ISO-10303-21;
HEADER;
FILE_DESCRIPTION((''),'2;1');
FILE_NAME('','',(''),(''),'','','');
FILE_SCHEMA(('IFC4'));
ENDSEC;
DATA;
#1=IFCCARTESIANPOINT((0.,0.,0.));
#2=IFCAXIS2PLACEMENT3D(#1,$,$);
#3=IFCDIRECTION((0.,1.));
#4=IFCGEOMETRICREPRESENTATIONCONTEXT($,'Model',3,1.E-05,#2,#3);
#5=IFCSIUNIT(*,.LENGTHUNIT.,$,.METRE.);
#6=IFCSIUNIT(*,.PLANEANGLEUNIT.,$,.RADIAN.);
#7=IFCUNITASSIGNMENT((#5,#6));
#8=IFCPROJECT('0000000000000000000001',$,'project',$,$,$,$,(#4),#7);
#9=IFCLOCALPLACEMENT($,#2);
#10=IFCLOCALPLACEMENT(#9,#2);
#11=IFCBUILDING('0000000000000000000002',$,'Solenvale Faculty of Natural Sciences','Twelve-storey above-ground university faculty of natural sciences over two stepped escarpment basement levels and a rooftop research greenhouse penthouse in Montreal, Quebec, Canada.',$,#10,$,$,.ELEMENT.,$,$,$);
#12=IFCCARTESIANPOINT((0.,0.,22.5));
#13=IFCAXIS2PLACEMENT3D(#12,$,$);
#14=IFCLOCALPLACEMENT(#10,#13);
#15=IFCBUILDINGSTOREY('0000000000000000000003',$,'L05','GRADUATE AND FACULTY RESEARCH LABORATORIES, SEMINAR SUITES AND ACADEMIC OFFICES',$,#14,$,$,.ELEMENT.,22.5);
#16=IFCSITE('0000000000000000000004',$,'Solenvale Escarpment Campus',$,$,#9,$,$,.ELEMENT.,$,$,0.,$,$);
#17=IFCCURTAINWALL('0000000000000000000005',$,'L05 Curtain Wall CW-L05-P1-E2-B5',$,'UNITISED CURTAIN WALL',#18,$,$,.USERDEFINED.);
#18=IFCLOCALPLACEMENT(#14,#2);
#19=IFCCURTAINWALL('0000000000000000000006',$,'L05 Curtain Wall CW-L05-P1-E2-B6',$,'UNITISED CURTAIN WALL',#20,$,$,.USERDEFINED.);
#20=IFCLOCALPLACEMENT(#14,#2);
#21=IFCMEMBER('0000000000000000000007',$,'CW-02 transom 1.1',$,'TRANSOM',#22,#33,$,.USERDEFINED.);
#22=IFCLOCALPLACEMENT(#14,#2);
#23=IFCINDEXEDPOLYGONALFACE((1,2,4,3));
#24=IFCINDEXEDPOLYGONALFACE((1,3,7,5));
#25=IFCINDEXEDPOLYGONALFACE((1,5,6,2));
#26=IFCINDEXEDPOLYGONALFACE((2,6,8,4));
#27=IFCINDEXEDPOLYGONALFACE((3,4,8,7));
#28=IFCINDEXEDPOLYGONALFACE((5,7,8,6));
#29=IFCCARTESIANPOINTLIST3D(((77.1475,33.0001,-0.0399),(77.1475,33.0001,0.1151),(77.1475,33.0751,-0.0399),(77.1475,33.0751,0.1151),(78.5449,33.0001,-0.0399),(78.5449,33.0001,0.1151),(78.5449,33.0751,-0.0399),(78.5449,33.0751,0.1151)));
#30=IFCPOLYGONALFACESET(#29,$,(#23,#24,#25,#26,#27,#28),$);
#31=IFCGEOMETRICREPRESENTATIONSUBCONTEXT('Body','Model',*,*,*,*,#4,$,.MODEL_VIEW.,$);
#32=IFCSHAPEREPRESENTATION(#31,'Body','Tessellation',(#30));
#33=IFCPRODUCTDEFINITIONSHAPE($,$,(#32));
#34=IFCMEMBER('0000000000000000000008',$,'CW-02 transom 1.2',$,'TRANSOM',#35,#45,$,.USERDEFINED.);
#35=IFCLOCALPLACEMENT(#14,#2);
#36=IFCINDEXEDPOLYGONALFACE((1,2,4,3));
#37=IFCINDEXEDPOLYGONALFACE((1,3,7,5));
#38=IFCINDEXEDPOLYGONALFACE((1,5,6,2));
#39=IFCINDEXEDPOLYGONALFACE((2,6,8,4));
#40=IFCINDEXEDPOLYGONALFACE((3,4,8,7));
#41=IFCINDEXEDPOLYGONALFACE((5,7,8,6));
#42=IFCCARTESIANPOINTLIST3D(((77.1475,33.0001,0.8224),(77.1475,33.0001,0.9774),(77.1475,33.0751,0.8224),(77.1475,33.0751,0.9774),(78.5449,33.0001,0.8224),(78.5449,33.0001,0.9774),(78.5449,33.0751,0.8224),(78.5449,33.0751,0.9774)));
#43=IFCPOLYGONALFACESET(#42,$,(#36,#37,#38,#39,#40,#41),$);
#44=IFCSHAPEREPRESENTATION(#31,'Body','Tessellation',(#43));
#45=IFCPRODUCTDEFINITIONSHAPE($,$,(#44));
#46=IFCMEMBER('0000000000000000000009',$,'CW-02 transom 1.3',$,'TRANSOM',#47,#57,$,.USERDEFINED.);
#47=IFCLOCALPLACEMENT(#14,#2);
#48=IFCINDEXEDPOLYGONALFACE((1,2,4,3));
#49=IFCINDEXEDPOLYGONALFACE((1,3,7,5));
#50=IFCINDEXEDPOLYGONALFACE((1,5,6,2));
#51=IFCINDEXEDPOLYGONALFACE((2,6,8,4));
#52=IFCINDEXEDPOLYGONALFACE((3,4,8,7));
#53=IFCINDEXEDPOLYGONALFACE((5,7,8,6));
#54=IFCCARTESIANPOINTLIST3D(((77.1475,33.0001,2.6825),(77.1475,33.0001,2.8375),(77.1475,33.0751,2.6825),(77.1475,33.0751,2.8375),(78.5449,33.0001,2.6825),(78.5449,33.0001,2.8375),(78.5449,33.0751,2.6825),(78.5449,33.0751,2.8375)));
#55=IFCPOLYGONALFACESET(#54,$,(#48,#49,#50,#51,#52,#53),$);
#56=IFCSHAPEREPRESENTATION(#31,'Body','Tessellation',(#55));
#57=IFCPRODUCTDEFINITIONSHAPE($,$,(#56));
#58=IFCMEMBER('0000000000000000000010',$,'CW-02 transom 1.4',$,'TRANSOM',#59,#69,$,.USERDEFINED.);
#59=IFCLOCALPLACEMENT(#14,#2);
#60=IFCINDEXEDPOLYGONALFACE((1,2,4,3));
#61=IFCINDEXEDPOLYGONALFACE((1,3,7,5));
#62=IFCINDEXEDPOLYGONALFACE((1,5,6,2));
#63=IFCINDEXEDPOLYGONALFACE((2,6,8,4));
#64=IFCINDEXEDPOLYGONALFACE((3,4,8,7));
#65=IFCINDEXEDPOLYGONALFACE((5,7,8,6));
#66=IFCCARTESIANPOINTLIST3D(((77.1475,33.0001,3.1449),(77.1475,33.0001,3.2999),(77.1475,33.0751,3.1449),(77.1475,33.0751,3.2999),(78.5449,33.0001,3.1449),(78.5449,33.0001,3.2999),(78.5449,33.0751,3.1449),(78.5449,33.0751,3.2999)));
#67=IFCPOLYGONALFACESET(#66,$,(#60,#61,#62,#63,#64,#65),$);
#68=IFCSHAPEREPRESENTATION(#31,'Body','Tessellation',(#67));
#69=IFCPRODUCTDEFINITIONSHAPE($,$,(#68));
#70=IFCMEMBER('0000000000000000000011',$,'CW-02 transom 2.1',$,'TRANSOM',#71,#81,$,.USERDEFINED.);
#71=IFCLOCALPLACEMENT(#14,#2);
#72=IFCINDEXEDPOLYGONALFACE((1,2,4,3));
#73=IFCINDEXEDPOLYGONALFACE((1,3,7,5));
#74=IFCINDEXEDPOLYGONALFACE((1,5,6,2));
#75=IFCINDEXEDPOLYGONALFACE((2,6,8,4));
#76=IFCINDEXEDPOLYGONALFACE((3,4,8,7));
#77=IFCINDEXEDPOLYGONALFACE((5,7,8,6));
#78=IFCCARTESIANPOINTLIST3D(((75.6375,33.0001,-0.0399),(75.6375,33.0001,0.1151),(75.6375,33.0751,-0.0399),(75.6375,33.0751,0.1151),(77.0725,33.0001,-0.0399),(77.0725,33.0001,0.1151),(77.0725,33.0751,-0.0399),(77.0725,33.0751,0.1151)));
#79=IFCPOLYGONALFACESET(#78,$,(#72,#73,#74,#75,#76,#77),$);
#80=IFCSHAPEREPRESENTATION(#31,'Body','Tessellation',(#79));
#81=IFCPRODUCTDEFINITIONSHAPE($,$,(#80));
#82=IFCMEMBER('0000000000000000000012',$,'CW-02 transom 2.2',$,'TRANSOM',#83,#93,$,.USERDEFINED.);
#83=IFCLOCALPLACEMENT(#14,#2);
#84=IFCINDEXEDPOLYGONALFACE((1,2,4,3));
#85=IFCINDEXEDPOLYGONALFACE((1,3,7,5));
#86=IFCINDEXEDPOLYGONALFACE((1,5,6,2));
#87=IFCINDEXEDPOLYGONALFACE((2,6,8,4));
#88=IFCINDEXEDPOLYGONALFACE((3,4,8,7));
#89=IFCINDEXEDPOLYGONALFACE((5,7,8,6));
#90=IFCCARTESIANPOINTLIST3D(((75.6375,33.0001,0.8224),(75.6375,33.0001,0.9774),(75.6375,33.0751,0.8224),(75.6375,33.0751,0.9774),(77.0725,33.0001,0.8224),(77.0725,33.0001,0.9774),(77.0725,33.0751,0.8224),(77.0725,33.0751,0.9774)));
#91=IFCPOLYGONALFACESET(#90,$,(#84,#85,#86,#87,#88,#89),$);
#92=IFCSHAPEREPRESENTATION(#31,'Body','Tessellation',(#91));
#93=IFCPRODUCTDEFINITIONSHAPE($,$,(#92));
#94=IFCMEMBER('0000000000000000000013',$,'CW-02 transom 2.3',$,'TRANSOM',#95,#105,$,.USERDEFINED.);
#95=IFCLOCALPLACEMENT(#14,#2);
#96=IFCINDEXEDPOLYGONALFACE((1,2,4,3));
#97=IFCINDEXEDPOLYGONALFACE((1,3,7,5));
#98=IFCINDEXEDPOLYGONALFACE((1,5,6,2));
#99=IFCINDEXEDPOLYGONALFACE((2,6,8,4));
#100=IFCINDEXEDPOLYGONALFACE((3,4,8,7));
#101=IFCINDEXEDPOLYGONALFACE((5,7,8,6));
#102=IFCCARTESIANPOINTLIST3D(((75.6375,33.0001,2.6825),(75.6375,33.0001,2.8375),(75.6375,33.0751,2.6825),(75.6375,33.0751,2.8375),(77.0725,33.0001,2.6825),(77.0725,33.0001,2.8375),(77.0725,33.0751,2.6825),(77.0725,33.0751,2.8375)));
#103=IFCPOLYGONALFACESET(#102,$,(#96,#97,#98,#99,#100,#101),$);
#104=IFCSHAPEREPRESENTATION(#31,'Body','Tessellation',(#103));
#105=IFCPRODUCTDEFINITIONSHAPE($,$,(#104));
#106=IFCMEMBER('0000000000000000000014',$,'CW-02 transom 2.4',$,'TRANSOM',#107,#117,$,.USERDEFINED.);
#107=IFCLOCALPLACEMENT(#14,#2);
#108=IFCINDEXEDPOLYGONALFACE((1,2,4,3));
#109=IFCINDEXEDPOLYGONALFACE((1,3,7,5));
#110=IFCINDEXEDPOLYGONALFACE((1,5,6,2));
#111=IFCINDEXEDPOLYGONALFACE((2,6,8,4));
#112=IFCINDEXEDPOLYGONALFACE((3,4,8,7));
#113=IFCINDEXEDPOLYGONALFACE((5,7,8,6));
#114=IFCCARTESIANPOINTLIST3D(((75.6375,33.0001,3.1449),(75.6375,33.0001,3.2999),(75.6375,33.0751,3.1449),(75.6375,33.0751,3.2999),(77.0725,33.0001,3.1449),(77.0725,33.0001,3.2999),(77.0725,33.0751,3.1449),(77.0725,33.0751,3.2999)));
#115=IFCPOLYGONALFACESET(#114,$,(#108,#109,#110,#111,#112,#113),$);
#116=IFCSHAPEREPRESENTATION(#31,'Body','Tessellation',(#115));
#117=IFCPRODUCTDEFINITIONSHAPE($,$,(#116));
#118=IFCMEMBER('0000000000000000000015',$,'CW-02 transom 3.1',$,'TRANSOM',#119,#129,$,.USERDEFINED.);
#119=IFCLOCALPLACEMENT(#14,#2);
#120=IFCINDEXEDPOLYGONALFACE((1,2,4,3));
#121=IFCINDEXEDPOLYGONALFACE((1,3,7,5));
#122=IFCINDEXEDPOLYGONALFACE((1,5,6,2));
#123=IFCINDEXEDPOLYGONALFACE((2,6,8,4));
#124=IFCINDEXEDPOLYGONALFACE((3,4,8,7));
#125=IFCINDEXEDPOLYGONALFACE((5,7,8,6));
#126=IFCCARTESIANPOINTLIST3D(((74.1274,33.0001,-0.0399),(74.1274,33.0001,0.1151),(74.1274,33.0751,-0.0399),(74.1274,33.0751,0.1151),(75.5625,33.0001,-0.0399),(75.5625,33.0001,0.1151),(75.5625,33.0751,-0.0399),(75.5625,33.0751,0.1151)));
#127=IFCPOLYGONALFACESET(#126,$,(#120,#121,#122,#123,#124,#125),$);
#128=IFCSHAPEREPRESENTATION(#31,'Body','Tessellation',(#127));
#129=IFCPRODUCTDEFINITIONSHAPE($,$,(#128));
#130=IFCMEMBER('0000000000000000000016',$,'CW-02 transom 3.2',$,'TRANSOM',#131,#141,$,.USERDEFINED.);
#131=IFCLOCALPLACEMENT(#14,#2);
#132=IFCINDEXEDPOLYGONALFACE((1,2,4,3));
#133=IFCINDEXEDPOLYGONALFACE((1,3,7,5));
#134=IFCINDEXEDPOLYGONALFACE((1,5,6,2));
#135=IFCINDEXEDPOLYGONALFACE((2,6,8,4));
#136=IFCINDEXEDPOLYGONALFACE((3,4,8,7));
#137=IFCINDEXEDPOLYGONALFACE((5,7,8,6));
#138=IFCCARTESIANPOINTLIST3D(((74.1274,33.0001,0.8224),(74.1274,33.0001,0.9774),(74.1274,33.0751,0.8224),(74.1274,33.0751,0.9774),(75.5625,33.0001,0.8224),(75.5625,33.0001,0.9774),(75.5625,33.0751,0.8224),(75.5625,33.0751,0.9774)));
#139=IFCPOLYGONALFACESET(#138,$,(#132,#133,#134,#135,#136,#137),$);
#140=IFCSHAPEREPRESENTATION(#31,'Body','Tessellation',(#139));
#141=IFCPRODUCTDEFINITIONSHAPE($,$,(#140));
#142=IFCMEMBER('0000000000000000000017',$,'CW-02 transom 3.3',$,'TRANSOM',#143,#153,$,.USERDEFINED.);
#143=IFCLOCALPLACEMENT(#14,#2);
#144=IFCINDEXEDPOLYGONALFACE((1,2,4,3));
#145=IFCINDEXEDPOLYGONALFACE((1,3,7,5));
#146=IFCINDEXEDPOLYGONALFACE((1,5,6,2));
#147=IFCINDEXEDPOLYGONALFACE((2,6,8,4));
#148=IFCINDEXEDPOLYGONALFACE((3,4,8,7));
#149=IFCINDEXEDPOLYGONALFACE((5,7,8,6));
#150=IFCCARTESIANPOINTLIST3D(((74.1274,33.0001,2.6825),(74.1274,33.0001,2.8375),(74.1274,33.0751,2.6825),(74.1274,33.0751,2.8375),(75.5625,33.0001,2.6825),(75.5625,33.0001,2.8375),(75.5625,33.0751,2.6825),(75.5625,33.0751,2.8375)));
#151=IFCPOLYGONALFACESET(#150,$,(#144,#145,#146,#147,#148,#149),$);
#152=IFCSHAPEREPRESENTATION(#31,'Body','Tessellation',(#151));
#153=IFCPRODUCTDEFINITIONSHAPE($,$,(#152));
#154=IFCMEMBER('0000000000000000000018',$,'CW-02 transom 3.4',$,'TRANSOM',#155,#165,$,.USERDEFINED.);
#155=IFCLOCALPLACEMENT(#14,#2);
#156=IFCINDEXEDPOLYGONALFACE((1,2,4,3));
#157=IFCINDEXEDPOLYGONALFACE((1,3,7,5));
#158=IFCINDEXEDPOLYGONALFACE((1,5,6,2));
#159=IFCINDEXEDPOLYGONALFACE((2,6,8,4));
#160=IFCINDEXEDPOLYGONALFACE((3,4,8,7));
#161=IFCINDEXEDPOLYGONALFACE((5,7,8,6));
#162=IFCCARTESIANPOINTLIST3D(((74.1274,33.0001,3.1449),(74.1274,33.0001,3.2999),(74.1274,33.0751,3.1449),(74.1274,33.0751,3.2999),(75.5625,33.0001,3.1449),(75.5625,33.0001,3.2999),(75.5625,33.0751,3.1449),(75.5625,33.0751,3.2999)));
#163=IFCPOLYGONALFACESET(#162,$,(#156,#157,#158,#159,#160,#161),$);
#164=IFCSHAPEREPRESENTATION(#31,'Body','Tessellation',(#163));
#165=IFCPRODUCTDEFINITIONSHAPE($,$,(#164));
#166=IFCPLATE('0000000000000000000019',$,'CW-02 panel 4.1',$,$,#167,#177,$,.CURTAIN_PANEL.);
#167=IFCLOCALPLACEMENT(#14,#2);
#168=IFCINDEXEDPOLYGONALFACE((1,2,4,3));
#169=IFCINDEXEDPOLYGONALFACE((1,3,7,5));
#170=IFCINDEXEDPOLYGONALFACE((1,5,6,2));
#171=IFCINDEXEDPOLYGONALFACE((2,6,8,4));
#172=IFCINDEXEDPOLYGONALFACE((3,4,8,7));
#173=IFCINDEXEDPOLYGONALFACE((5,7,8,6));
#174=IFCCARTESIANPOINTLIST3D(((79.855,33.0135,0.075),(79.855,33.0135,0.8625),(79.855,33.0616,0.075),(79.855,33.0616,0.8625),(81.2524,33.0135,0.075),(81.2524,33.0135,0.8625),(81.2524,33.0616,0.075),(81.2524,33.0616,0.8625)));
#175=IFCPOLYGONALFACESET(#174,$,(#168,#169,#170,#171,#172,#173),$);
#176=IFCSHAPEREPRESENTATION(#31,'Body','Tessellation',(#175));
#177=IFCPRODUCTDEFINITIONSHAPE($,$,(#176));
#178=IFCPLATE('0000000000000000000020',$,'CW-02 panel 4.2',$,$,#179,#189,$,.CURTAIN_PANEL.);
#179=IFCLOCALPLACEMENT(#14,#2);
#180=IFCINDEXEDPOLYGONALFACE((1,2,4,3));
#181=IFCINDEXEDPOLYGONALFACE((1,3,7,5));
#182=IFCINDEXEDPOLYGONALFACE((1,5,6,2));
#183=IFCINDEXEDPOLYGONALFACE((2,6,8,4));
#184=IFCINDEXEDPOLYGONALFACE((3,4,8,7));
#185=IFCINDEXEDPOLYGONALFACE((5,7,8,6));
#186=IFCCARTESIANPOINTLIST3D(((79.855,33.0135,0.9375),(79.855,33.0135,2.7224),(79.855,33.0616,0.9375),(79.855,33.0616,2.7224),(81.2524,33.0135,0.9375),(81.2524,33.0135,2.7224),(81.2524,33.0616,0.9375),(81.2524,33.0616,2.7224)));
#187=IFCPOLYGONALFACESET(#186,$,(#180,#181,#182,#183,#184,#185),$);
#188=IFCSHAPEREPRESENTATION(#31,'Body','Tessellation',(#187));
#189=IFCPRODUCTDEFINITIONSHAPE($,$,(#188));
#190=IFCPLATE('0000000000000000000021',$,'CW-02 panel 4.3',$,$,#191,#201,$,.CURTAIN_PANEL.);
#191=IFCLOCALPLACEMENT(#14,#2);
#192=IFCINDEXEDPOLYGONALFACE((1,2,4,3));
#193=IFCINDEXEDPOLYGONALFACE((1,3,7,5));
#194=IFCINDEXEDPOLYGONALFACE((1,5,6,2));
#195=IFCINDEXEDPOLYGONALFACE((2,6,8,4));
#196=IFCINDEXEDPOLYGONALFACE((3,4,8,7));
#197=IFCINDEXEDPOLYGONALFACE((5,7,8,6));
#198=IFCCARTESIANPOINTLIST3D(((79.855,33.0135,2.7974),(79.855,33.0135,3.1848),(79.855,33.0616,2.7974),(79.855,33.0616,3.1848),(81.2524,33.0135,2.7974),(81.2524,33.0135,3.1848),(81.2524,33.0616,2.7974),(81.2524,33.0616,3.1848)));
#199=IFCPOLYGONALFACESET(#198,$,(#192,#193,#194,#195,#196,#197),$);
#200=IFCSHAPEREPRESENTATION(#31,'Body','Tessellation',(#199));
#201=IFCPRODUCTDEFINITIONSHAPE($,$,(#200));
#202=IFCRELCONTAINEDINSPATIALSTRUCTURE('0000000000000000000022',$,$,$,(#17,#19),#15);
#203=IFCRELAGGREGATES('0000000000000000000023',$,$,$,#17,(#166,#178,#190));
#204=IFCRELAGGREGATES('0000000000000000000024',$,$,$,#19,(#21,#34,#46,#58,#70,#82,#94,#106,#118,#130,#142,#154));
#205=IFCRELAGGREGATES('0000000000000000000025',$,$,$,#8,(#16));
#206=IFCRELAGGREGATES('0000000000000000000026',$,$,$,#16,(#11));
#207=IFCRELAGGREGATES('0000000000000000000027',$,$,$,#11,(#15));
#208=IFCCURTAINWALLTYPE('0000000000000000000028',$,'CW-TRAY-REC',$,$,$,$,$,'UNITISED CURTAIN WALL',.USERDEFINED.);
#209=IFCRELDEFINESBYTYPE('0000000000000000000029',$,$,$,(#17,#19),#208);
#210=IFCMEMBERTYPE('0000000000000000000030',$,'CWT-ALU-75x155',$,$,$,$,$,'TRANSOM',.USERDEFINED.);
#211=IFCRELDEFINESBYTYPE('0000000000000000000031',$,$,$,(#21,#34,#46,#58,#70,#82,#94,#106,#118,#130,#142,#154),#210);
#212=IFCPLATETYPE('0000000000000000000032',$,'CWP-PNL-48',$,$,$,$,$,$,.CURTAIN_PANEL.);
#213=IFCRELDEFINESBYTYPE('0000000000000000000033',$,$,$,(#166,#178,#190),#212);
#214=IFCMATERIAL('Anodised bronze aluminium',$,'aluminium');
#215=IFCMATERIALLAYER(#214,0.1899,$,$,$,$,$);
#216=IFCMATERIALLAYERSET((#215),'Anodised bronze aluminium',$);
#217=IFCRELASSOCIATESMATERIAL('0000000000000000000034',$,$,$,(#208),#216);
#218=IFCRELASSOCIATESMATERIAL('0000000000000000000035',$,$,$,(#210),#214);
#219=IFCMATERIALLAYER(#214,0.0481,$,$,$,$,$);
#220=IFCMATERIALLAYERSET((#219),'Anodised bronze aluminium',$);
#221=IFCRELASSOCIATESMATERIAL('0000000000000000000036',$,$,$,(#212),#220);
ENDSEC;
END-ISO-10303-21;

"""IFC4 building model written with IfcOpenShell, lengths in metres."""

from ifc_helpers import new_model, si_unit, direction, frame, origin, origin_2d, place, context, subcontext, project, spatial, rectangle, extrude, material, layer, layer_set, material_profile, profile_set, type_object, element, aggregate, save


model = new_model("IFC4")

# Units and contexts
model_context = context("Model", 3, precision=1e-05, world=origin(), true_north=direction((0.0, 1.0)))
body_context = subcontext(model_context, "Body", "Model", "MODEL_VIEW")
ifc_project = project(units=[si_unit("LENGTHUNIT", "METRE"), si_unit("PLANEANGLEUNIT", "RADIAN")], contexts=[model_context])

# Site, building, storey
site_placement = place(None, origin())
site = spatial("IfcSite", under=ifc_project, at=site_placement, Name="Solenvale Escarpment Campus", CompositionType="ELEMENT", RefElevation=0.0)
building_placement = place(site_placement, origin())
building = spatial("IfcBuilding", under=site, at=building_placement, Name="Solenvale Faculty of Natural Sciences", Description="Twelve-storey above-ground university faculty of natural sciences over two stepped escarpment basement levels and a rooftop research greenhouse penthouse in Montreal, Quebec, Canada.", CompositionType="ELEMENT")
storey_placement = place(building_placement, frame((0.0, 0.0, 22.5)))
storey = spatial("IfcBuildingStorey", under=building, at=storey_placement, Name="L05", Description="GRADUATE AND FACULTY RESEARCH LABORATORIES, SEMINAR SUITES AND ACADEMIC OFFICES", CompositionType="ELEMENT", Elevation=22.5)

# Curtain wall
ifc_material_1 = material(Name="Anodised bronze aluminium", Category="aluminium")
ifc_layer_1 = layer(ifc_material_1, 0.1899)
ifc_layer_set_1 = layer_set([ifc_layer_1], Name="Anodised bronze aluminium")
curtain_wall_type = type_object("IfcCurtainWallType", Name="CW-TRAY-REC", ElementType="UNITISED CURTAIN WALL", PredefinedType="USERDEFINED", material=ifc_layer_set_1)
curtain_wall_1_placement = place(storey_placement, origin())
curtain_wall_1 = element("IfcCurtainWall", 1, at=curtain_wall_1_placement, inside=storey, type_object=curtain_wall_type, Name="L05 Curtain Wall CW-L05-P1-E2-B5", ObjectType="UNITISED CURTAIN WALL", PredefinedType="USERDEFINED")

# Curtain wall
curtain_wall_2_placement = place(storey_placement, origin())
curtain_wall_2 = element("IfcCurtainWall", 2, at=curtain_wall_2_placement, inside=storey, type_object=curtain_wall_type, Name="L05 Curtain Wall CW-L05-P1-E2-B6", ObjectType="UNITISED CURTAIN WALL", PredefinedType="USERDEFINED")

# Members
ifc_material_profile_1 = material_profile(ifc_material_1, rectangle(XDim=0.075, YDim=0.155, at=origin_2d()), Name="ALU-TRN-75x155")
ifc_profile_set_1 = profile_set([ifc_material_profile_1], Name="Anodised bronze aluminium")
member_type_1 = type_object("IfcMemberType", Name="CWT-ALU-75x155", ElementType="TRANSOM", PredefinedType="USERDEFINED", material=ifc_profile_set_1)
member_1_placement = place(storey_placement, frame((78.5449, 33.0376, 0.0376), z_axis=(-1.0, 0.0, 0.0), x_axis=(0.0, -1.0, 0.0)))
member_1 = element("IfcMember", 3, at=member_1_placement, type_object=member_type_1, Name="CW-02 transom 1.1", ObjectType="TRANSOM", PredefinedType="USERDEFINED", context=body_context, shape_type="SweptSolid", body=[
    extrude(rectangle(XDim=0.075, YDim=0.155, at=origin_2d()), origin(), (0.0, 0.0, 1.0), 1.3975),
])
member_2_placement = place(storey_placement, frame((78.5449, 33.0376, 0.8999), z_axis=(-1.0, 0.0, 0.0), x_axis=(0.0, -1.0, 0.0)))
member_2 = element("IfcMember", 4, at=member_2_placement, type_object=member_type_1, Name="CW-02 transom 1.2", ObjectType="TRANSOM", PredefinedType="USERDEFINED", context=body_context, shape_type="SweptSolid", body=[
    extrude(rectangle(XDim=0.075, YDim=0.155, at=origin_2d()), origin(), (0.0, 0.0, 1.0), 1.3975),
])
member_3_placement = place(storey_placement, frame((78.5449, 33.0376, 2.76), z_axis=(-1.0, 0.0, 0.0), x_axis=(0.0, -1.0, 0.0)))
member_3 = element("IfcMember", 5, at=member_3_placement, type_object=member_type_1, Name="CW-02 transom 1.3", ObjectType="TRANSOM", PredefinedType="USERDEFINED", context=body_context, shape_type="SweptSolid", body=[
    extrude(rectangle(XDim=0.075, YDim=0.155, at=origin_2d()), origin(), (0.0, 0.0, 1.0), 1.3975),
])
member_4_placement = place(storey_placement, frame((78.5449, 33.0376, 3.2224), z_axis=(-1.0, 0.0, 0.0), x_axis=(0.0, -1.0, 0.0)))
member_4 = element("IfcMember", 6, at=member_4_placement, type_object=member_type_1, Name="CW-02 transom 1.4", ObjectType="TRANSOM", PredefinedType="USERDEFINED", context=body_context, shape_type="SweptSolid", body=[
    extrude(rectangle(XDim=0.075, YDim=0.155, at=origin_2d()), origin(), (0.0, 0.0, 1.0), 1.3975),
])
member_5_placement = place(storey_placement, frame((77.0725, 33.0376, 0.0376), z_axis=(-1.0, 0.0, 0.0), x_axis=(0.0, -1.0, 0.0)))
member_5 = element("IfcMember", 7, at=member_5_placement, type_object=member_type_1, Name="CW-02 transom 2.1", ObjectType="TRANSOM", PredefinedType="USERDEFINED", context=body_context, shape_type="SweptSolid", body=[
    extrude(rectangle(XDim=0.075, YDim=0.155, at=origin_2d()), origin(), (0.0, 0.0, 1.0), 1.4351),
])
member_6_placement = place(storey_placement, frame((77.0725, 33.0376, 0.8999), z_axis=(-1.0, 0.0, 0.0), x_axis=(0.0, -1.0, 0.0)))
member_6 = element("IfcMember", 8, at=member_6_placement, type_object=member_type_1, Name="CW-02 transom 2.2", ObjectType="TRANSOM", PredefinedType="USERDEFINED", context=body_context, shape_type="SweptSolid", body=[
    extrude(rectangle(XDim=0.075, YDim=0.155, at=origin_2d()), origin(), (0.0, 0.0, 1.0), 1.4351),
])
member_7_placement = place(storey_placement, frame((77.0725, 33.0376, 2.76), z_axis=(-1.0, 0.0, 0.0), x_axis=(0.0, -1.0, 0.0)))
member_7 = element("IfcMember", 9, at=member_7_placement, type_object=member_type_1, Name="CW-02 transom 2.3", ObjectType="TRANSOM", PredefinedType="USERDEFINED", context=body_context, shape_type="SweptSolid", body=[
    extrude(rectangle(XDim=0.075, YDim=0.155, at=origin_2d()), origin(), (0.0, 0.0, 1.0), 1.4351),
])
member_8_placement = place(storey_placement, frame((77.0725, 33.0376, 3.2224), z_axis=(-1.0, 0.0, 0.0), x_axis=(0.0, -1.0, 0.0)))
member_8 = element("IfcMember", 10, at=member_8_placement, type_object=member_type_1, Name="CW-02 transom 2.4", ObjectType="TRANSOM", PredefinedType="USERDEFINED", context=body_context, shape_type="SweptSolid", body=[
    extrude(rectangle(XDim=0.075, YDim=0.155, at=origin_2d()), origin(), (0.0, 0.0, 1.0), 1.4351),
])
member_9_placement = place(storey_placement, frame((75.5625, 33.0376, 0.0376), z_axis=(-1.0, 0.0, 0.0), x_axis=(0.0, -1.0, 0.0)))
member_9 = element("IfcMember", 11, at=member_9_placement, type_object=member_type_1, Name="CW-02 transom 3.1", ObjectType="TRANSOM", PredefinedType="USERDEFINED", context=body_context, shape_type="SweptSolid", body=[
    extrude(rectangle(XDim=0.075, YDim=0.155, at=origin_2d()), origin(), (0.0, 0.0, 1.0), 1.4351),
])
member_10_placement = place(storey_placement, frame((75.5625, 33.0376, 0.8999), z_axis=(-1.0, 0.0, 0.0), x_axis=(0.0, -1.0, 0.0)))
member_10 = element("IfcMember", 12, at=member_10_placement, type_object=member_type_1, Name="CW-02 transom 3.2", ObjectType="TRANSOM", PredefinedType="USERDEFINED", context=body_context, shape_type="SweptSolid", body=[
    extrude(rectangle(XDim=0.075, YDim=0.155, at=origin_2d()), origin(), (0.0, 0.0, 1.0), 1.4351),
])
member_11_placement = place(storey_placement, frame((75.5625, 33.0376, 2.76), z_axis=(-1.0, 0.0, 0.0), x_axis=(0.0, -1.0, 0.0)))
member_11 = element("IfcMember", 13, at=member_11_placement, type_object=member_type_1, Name="CW-02 transom 3.3", ObjectType="TRANSOM", PredefinedType="USERDEFINED", context=body_context, shape_type="SweptSolid", body=[
    extrude(rectangle(XDim=0.075, YDim=0.155, at=origin_2d()), origin(), (0.0, 0.0, 1.0), 1.4351),
])
member_12_placement = place(storey_placement, frame((75.5625, 33.0376, 3.2224), z_axis=(-1.0, 0.0, 0.0), x_axis=(0.0, -1.0, 0.0)))
member_12 = element("IfcMember", 14, at=member_12_placement, type_object=member_type_1, Name="CW-02 transom 3.4", ObjectType="TRANSOM", PredefinedType="USERDEFINED", context=body_context, shape_type="SweptSolid", body=[
    extrude(rectangle(XDim=0.075, YDim=0.155, at=origin_2d()), origin(), (0.0, 0.0, 1.0), 1.4351),
])

# Plates
ifc_layer_2 = layer(ifc_material_1, 0.0481)
ifc_layer_set_2 = layer_set([ifc_layer_2], Name="Anodised bronze aluminium")
plate_type_1 = type_object("IfcPlateType", Name="CWP-PNL-48", PredefinedType="CURTAIN_PANEL", material=ifc_layer_set_2)
plate_1_placement = place(storey_placement, frame((80.5537, 33.0376, 0.075), z_axis=(0.0, 0.0, 1.0), x_axis=(-1.0, 0.0, 0.0)))
plate_1 = element("IfcPlate", 15, at=plate_1_placement, type_object=plate_type_1, Name="CW-02 panel 4.1", PredefinedType="CURTAIN_PANEL", context=body_context, shape_type="SweptSolid", body=[
    extrude(rectangle(XDim=1.3975, YDim=0.0481, at=origin_2d()), origin(), (0.0, 0.0, 1.0), 0.7876),
])
plate_2_placement = place(storey_placement, frame((80.5537, 33.0376, 0.9375), z_axis=(0.0, 0.0, 1.0), x_axis=(-1.0, 0.0, 0.0)))
plate_2 = element("IfcPlate", 16, at=plate_2_placement, type_object=plate_type_1, Name="CW-02 panel 4.2", PredefinedType="CURTAIN_PANEL", context=body_context, shape_type="SweptSolid", body=[
    extrude(rectangle(XDim=1.3975, YDim=0.0481, at=origin_2d()), origin(), (0.0, 0.0, 1.0), 1.7849),
])
plate_3_placement = place(storey_placement, frame((80.5537, 33.0376, 2.7974), z_axis=(0.0, 0.0, 1.0), x_axis=(-1.0, 0.0, 0.0)))
plate_3 = element("IfcPlate", 17, at=plate_3_placement, type_object=plate_type_1, Name="CW-02 panel 4.3", PredefinedType="CURTAIN_PANEL", context=body_context, shape_type="SweptSolid", body=[
    extrude(rectangle(XDim=1.3975, YDim=0.0481, at=origin_2d()), origin(), (0.0, 0.0, 1.0), 0.3875),
])
aggregate(curtain_wall_1, [plate_1, plate_2, plate_3])
aggregate(curtain_wall_2, [member_1, member_2, member_3, member_4, member_5, member_6, member_7, member_8, member_9, member_10, member_11, member_12])

save(model, "model.ifc")
